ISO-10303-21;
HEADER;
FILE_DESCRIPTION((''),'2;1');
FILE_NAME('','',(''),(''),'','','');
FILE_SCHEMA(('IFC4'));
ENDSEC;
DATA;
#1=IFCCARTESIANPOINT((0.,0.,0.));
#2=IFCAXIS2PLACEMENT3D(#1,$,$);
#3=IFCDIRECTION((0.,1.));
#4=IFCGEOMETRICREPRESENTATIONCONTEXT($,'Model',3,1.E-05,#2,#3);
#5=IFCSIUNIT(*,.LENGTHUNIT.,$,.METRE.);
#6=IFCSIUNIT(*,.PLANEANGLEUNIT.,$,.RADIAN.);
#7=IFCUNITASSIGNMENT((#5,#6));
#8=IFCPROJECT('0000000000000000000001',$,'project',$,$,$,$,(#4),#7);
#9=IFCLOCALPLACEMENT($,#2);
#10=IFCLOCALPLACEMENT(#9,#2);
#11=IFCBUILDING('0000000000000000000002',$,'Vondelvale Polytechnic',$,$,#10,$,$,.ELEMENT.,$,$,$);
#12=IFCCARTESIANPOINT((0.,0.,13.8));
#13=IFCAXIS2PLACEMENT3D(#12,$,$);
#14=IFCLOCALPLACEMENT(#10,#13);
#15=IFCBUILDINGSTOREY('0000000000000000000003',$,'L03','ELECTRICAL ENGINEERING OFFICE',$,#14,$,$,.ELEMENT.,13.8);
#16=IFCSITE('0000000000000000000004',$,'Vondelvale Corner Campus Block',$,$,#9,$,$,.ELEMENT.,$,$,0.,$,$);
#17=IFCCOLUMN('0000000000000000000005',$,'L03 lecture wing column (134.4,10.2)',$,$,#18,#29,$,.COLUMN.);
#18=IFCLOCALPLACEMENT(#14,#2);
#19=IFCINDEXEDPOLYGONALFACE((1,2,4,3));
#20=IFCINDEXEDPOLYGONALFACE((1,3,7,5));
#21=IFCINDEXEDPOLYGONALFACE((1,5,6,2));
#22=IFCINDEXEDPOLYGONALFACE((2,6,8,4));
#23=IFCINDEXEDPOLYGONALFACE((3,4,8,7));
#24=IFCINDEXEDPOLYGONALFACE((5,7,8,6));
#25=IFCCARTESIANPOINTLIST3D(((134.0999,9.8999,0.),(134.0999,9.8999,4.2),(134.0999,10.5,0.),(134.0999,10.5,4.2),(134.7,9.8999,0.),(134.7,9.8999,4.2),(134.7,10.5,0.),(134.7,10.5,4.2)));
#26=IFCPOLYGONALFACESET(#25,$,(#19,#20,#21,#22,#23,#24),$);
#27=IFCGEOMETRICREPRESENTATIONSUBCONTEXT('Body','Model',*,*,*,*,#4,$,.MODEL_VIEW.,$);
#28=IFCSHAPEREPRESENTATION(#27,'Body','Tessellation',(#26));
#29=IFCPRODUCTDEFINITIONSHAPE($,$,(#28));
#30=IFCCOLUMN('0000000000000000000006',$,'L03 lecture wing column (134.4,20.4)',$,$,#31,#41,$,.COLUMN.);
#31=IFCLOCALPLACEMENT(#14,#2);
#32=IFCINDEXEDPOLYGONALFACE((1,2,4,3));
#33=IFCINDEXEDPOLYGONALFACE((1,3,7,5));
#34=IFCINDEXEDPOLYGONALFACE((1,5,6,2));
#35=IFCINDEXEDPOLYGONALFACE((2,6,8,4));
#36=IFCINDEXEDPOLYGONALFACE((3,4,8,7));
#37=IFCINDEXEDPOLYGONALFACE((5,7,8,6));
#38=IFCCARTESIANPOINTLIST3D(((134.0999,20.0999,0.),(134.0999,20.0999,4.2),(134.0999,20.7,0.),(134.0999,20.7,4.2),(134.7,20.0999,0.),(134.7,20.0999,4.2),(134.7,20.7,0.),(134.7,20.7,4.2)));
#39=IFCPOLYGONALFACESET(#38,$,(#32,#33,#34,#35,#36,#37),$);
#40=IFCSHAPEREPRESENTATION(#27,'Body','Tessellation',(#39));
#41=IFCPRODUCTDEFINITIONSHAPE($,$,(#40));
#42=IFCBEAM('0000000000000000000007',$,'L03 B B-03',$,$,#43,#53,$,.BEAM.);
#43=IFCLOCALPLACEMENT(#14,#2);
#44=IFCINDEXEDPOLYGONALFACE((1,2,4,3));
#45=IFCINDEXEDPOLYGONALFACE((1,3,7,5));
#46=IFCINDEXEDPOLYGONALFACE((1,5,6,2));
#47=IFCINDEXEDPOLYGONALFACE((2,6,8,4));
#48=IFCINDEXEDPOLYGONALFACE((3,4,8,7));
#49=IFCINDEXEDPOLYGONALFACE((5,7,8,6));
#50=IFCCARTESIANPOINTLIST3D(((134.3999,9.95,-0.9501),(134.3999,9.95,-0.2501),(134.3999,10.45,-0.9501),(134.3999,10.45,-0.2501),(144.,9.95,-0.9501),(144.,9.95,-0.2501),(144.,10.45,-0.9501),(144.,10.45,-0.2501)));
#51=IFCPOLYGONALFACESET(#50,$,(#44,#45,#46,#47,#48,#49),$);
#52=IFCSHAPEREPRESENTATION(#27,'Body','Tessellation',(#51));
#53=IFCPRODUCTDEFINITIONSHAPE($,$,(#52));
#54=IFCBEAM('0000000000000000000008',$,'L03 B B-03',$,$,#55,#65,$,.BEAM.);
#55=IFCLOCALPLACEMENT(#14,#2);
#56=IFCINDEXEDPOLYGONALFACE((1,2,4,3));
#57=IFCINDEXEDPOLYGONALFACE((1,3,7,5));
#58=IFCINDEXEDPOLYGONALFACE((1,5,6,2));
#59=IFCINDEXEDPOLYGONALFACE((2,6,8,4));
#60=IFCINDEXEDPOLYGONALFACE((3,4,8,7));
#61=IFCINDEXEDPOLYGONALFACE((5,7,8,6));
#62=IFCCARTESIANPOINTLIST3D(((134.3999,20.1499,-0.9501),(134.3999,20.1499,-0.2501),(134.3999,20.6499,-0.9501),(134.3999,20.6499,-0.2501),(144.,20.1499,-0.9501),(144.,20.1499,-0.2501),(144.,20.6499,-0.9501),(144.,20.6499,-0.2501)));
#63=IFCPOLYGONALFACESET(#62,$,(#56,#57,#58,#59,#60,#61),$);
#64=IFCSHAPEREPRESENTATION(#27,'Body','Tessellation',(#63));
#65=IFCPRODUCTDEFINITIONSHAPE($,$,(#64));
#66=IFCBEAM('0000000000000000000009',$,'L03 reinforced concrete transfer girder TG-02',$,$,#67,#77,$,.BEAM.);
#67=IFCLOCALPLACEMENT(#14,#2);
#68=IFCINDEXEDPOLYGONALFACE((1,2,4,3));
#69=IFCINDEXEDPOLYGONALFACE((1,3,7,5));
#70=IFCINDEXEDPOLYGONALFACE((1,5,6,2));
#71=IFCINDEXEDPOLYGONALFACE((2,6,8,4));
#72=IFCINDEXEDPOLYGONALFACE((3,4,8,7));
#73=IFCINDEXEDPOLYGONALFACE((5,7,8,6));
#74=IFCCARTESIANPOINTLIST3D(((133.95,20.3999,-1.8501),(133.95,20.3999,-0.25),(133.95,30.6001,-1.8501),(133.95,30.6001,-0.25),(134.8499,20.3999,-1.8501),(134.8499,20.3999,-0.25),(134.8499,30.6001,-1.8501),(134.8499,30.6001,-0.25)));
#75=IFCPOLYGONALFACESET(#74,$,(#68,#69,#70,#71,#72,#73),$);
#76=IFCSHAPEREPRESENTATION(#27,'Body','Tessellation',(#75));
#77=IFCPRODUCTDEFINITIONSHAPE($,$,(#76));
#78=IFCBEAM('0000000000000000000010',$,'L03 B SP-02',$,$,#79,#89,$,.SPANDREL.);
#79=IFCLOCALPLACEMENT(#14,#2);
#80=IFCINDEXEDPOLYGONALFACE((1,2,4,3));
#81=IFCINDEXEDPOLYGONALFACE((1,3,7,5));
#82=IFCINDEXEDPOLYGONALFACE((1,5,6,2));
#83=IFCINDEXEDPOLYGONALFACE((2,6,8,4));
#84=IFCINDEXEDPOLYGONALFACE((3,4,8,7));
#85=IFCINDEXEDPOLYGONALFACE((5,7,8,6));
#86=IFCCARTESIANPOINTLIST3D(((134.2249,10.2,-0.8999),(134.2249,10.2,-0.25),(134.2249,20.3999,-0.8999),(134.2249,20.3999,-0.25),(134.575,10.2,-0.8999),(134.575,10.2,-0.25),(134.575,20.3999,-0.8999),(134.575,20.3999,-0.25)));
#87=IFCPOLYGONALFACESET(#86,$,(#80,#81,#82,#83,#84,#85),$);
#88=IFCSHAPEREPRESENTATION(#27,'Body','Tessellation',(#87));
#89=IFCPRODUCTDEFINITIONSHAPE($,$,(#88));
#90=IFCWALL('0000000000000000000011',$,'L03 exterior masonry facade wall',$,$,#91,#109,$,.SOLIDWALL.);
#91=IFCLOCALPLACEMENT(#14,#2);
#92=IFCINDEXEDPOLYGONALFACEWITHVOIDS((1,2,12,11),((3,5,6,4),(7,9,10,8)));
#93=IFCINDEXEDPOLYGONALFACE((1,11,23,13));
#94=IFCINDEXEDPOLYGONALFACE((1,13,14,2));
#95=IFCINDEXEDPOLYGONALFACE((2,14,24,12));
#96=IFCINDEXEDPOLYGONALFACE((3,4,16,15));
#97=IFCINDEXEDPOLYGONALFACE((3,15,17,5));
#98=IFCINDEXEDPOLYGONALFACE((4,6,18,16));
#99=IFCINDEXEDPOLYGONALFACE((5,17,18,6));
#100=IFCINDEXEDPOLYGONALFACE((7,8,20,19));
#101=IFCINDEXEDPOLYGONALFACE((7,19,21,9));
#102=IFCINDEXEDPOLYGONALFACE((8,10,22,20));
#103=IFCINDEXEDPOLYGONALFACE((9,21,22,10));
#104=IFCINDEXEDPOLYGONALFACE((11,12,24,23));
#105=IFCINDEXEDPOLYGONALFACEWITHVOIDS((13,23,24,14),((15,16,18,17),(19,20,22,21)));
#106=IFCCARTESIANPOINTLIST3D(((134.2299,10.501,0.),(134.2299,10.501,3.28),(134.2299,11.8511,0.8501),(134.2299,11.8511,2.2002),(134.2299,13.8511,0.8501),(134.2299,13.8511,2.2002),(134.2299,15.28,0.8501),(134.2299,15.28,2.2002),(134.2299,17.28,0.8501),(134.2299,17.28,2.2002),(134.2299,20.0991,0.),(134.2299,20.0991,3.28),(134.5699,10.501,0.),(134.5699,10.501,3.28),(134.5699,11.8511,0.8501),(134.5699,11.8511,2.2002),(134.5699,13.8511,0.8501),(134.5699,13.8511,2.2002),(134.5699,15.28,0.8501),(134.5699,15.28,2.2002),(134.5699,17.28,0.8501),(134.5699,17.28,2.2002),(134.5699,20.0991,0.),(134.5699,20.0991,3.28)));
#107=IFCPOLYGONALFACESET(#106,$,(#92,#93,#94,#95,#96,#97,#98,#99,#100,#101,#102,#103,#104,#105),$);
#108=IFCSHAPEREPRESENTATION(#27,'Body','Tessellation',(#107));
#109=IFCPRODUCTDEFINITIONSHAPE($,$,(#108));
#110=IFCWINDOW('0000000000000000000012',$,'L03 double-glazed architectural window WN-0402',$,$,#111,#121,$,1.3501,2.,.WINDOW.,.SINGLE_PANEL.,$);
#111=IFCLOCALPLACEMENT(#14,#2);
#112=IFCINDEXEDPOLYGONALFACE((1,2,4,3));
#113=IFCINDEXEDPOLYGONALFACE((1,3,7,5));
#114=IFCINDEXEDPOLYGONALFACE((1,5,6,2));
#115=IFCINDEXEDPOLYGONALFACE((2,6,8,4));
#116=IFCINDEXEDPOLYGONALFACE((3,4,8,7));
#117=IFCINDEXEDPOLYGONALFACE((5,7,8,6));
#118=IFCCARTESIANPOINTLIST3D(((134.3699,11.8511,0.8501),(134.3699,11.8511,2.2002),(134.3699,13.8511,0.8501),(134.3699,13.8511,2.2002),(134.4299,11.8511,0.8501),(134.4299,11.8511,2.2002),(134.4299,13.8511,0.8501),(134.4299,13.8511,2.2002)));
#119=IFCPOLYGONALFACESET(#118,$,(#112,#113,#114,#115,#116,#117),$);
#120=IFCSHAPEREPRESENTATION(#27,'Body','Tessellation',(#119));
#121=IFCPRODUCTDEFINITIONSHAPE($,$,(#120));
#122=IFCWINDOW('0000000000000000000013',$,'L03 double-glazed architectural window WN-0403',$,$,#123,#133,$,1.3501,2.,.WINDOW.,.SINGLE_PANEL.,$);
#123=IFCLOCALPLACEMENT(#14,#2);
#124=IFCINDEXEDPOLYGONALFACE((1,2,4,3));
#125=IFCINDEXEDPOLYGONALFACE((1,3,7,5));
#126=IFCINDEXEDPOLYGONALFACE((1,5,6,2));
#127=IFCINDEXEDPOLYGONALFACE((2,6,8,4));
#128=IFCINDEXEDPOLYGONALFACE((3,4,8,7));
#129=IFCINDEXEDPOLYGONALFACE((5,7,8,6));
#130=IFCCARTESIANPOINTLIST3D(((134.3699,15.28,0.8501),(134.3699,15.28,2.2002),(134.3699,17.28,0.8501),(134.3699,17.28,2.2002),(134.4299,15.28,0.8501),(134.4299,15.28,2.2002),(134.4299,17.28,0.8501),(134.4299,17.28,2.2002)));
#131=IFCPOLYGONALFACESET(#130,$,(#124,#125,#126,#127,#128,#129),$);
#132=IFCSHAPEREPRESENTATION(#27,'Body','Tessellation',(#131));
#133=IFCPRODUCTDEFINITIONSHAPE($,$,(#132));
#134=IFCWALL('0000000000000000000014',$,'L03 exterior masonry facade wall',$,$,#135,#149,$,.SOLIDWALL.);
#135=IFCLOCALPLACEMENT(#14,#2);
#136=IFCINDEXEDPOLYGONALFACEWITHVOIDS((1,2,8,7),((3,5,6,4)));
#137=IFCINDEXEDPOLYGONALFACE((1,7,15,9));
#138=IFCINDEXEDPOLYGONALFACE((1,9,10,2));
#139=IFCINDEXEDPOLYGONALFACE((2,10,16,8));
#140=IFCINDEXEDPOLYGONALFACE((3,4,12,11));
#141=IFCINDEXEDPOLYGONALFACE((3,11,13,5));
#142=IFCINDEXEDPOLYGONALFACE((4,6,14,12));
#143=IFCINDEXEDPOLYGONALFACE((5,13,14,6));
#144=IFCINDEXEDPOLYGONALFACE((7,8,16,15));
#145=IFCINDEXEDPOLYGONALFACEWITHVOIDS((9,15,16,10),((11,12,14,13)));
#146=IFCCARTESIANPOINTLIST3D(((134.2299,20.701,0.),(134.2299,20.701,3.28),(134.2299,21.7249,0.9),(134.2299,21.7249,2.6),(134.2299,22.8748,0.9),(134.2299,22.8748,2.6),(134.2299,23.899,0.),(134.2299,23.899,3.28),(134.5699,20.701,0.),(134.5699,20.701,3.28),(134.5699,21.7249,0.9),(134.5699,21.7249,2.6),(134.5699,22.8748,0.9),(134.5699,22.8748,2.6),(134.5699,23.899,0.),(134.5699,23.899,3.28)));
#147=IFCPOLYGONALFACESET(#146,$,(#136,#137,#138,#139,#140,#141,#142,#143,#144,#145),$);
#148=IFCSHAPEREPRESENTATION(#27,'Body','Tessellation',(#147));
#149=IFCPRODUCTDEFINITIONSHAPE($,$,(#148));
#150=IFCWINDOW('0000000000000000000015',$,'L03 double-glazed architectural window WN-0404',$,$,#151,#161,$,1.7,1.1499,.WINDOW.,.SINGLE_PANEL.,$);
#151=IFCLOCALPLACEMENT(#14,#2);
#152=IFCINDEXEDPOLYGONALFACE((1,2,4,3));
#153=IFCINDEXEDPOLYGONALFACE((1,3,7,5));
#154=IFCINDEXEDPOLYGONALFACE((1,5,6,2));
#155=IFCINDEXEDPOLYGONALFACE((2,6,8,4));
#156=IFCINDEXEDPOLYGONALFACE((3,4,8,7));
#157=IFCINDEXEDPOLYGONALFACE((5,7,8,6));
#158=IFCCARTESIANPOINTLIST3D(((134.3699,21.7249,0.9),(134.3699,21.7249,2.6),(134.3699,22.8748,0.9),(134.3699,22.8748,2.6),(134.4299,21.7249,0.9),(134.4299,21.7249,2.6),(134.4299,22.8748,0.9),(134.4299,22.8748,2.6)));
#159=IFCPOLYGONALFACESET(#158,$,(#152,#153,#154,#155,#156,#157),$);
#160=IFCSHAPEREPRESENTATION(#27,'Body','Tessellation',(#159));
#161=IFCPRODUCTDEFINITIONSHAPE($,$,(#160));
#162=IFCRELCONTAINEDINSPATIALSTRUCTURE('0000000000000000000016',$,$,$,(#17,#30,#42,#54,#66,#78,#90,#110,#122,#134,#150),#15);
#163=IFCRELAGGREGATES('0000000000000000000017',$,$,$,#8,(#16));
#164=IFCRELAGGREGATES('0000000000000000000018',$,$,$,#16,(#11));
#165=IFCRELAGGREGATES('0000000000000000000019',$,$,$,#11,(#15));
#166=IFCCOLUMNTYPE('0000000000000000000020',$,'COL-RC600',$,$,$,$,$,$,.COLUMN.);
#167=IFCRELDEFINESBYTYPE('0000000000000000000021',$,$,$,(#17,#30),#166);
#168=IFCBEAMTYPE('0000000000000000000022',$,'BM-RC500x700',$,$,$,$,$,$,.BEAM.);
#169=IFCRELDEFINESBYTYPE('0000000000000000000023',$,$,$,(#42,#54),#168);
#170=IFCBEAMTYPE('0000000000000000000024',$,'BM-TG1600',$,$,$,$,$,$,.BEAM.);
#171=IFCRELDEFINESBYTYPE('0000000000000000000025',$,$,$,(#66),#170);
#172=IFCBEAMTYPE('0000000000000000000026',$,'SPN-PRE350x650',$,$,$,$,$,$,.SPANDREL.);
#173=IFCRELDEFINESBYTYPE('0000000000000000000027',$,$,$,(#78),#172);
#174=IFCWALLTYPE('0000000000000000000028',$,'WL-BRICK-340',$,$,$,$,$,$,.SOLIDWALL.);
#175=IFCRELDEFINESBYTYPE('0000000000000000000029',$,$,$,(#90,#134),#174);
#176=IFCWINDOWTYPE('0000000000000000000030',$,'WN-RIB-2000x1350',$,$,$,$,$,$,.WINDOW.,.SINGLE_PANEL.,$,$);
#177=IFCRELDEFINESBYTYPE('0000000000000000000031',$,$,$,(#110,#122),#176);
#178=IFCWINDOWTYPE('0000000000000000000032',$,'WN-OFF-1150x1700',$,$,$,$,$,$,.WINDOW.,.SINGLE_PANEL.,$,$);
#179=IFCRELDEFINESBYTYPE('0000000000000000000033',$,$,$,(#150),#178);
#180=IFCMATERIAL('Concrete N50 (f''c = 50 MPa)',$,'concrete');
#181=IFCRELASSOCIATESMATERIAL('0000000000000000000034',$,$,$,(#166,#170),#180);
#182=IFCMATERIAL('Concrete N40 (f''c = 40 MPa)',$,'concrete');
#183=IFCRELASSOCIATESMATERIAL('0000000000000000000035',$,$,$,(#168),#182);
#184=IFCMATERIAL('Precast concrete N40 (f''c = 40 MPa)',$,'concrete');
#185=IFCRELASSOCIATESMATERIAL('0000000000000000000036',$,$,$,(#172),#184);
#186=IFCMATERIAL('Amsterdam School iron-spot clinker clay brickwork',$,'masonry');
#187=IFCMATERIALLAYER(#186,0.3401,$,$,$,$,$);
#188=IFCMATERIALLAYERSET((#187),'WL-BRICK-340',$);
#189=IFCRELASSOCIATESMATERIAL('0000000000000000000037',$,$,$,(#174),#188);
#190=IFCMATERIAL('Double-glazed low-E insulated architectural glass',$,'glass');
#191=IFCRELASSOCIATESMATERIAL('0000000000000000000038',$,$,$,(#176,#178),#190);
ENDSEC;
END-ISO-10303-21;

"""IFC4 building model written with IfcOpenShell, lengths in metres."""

from ifc_helpers import new_model, si_unit, direction, frame, frame_2d, origin, origin_2d, place, context, subcontext, project, spatial, rectangle, extrude, material, layer, layer_set, material_profile, profile_set, type_object, element, fill, save


model = new_model("IFC4")

# Units and contexts
model_context = context("Model", 3, precision=1e-05, world=origin(), true_north=direction((0.0, 1.0)))
body_context = subcontext(model_context, "Body", "Model", "MODEL_VIEW")
ifc_project = project(units=[si_unit("LENGTHUNIT", "METRE"), si_unit("PLANEANGLEUNIT", "RADIAN")], contexts=[model_context])

# Site, building, storey
site_placement = place(None, origin())
site = spatial("IfcSite", under=ifc_project, at=site_placement, Name="Vondelvale Corner Campus Block", CompositionType="ELEMENT", RefElevation=0.0)
building_placement = place(site_placement, origin())
building = spatial("IfcBuilding", under=site, at=building_placement, Name="Vondelvale Polytechnic", CompositionType="ELEMENT")
storey_placement = place(building_placement, frame((0.0, 0.0, 13.8)))
storey = spatial("IfcBuildingStorey", under=building, at=storey_placement, Name="L03", Description="ELECTRICAL ENGINEERING OFFICE", CompositionType="ELEMENT", Elevation=13.8)

# Columns
ifc_material_1 = material(Name="Concrete N50 (f'c = 50 MPa)", Category="concrete")
ifc_material_profile_1 = material_profile(ifc_material_1, rectangle(XDim=0.6001, YDim=0.6001, at=origin_2d()), Name="RC-COL-600x600")
ifc_profile_set_1 = profile_set([ifc_material_profile_1], Name="Concrete N50 (f'c = 50 MPa)")
column_type = type_object("IfcColumnType", Name="COL-RC600", PredefinedType="COLUMN", material=ifc_profile_set_1)
for number, where, z_axis, x_axis, name in (
    (1, (134.3999, 10.2, 0.0), (0.0, 0.0, 1.0), (1.0, 0.0, 0.0), "L03 lecture wing column (134.4,10.2)"),
    (2, (134.3999, 20.3999, 0.0), (0.0, 0.0, 1.0), (1.0, 0.0, 0.0), "L03 lecture wing column (134.4,20.4)"),
):
    element("IfcColumn", number, at=place(storey_placement, frame(where, z_axis=z_axis, x_axis=x_axis)), inside=storey, type_object=column_type, Name=name, PredefinedType="COLUMN", context=body_context, shape_type="SweptSolid", body=[
        extrude(rectangle(XDim=0.6001, YDim=0.6001, at=origin_2d()), origin(), (0.0, 0.0, 1.0), 4.2),
    ])

# Beams
ifc_material_2 = material(Name="Concrete N40 (f'c = 40 MPa)", Category="concrete")
ifc_material_profile_2 = material_profile(ifc_material_2, rectangle(XDim=0.5, YDim=0.7, at=origin_2d()), Name="RC-BM-500x700")
ifc_profile_set_2 = profile_set([ifc_material_profile_2], Name="Concrete N40 (f'c = 40 MPa)")
beam_type_1 = type_object("IfcBeamType", Name="BM-RC500x700", PredefinedType="BEAM", material=ifc_profile_set_2)
for number, where, z_axis, x_axis, name in (
    (3, (134.3999, 10.2, -0.6001), (1.0, 0.0, 0.0), (0.0, 1.0, 0.0), "L03 B B-03"),
    (4, (134.3999, 20.3999, -0.6001), (1.0, 0.0, 0.0), (0.0, 1.0, 0.0), "L03 B B-03"),
):
    element("IfcBeam", number, at=place(storey_placement, frame(where, z_axis=z_axis, x_axis=x_axis)), inside=storey, type_object=beam_type_1, Name=name, PredefinedType="BEAM", context=body_context, shape_type="SweptSolid", body=[
        extrude(rectangle(XDim=0.5, YDim=0.7, at=origin_2d()), origin(), (0.0, 0.0, 1.0), 9.6001),
    ])
ifc_material_profile_3 = material_profile(ifc_material_1, rectangle(XDim=0.8999, YDim=1.6001, at=origin_2d()), Name="RC-TG-900x1600")
ifc_profile_set_3 = profile_set([ifc_material_profile_3], Name="Concrete N50 (f'c = 50 MPa)")
beam_type_2 = type_object("IfcBeamType", Name="BM-TG1600", PredefinedType="BEAM", material=ifc_profile_set_3)
beam_1_placement = place(storey_placement, frame((134.3999, 20.3999, -1.05), z_axis=(0.0, 1.0, 0.0), x_axis=(-1.0, 0.0, 0.0)))
element("IfcBeam", 5, at=beam_1_placement, inside=storey, type_object=beam_type_2, Name="L03 reinforced concrete transfer girder TG-02", PredefinedType="BEAM", context=body_context, shape_type="SweptSolid", body=[
    extrude(rectangle(XDim=0.8999, YDim=1.6001, at=origin_2d()), origin(), (0.0, 0.0, 1.0), 10.2002),
])
ifc_material_3 = material(Name="Precast concrete N40 (f'c = 40 MPa)", Category="concrete")
ifc_material_profile_4 = material_profile(ifc_material_3, rectangle(XDim=0.3501, YDim=0.6499, at=origin_2d()), Name="RC-SPN-350x650")
ifc_profile_set_4 = profile_set([ifc_material_profile_4], Name="Precast concrete N40 (f'c = 40 MPa)")
beam_type_3 = type_object("IfcBeamType", Name="SPN-PRE350x650", PredefinedType="SPANDREL", material=ifc_profile_set_4)
beam_2_placement = place(storey_placement, frame((134.3999, 10.2, -0.575), z_axis=(0.0, 1.0, 0.0), x_axis=(-1.0, 0.0, 0.0)))
element("IfcBeam", 6, at=beam_2_placement, inside=storey, type_object=beam_type_3, Name="L03 B SP-02", PredefinedType="SPANDREL", context=body_context, shape_type="SweptSolid", body=[
    extrude(rectangle(XDim=0.3501, YDim=0.6499, at=origin_2d()), origin(), (0.0, 0.0, 1.0), 10.2),
])

# Wall, openings, windows
ifc_material_4 = material(Name="Amsterdam School iron-spot clinker clay brickwork", Category="masonry")
ifc_layer_1 = layer(ifc_material_4, 0.3401)
ifc_layer_set_1 = layer_set([ifc_layer_1], Name="WL-BRICK-340")
wall_type_1 = type_object("IfcWallType", Name="WL-BRICK-340", PredefinedType="SOLIDWALL", material=ifc_layer_set_1)
wall_1_placement = place(storey_placement, frame((134.3999, 10.501, 0.0), z_axis=(0.0, 0.0, 1.0), x_axis=(0.0, 1.0, 0.0)))
wall_1 = element("IfcWall", 7, at=wall_1_placement, inside=storey, type_object=wall_type_1, Name="L03 exterior masonry facade wall", PredefinedType="SOLIDWALL", context=body_context, shape_type="SweptSolid", body=[
    extrude(rectangle(XDim=9.5981, YDim=0.3401, at=frame_2d((4.7991, 0.0))), origin(), (0.0, 0.0, 1.0), 3.28),
])
opening_1_placement = place(wall_1_placement, frame((1.3501, 0.0, 0.8501)))
opening_1 = element("IfcOpeningElement", 8, at=opening_1_placement, cuts=wall_1, PredefinedType="OPENING", context=body_context, shape_type="SweptSolid", body=[
    extrude(rectangle(XDim=2.0, YDim=1.3501, at=frame_2d((1.0, 0.675))), frame((0.0, 0.1799, 0.0), z_axis=(0.0, -1.0, 0.0), x_axis=(1.0, 0.0, 0.0)), (0.0, 0.0, 1.0), 0.3601),
])
opening_2_placement = place(wall_1_placement, frame((4.7791, 0.0, 0.8501)))
opening_2 = element("IfcOpeningElement", 9, at=opening_2_placement, cuts=wall_1, PredefinedType="OPENING", context=body_context, shape_type="SweptSolid", body=[
    extrude(rectangle(XDim=2.0, YDim=1.3501, at=frame_2d((1.0, 0.675))), frame((0.0, 0.1799, 0.0), z_axis=(0.0, -1.0, 0.0), x_axis=(1.0, 0.0, 0.0)), (0.0, 0.0, 1.0), 0.3601),
])
ifc_material_5 = material(Name="Double-glazed low-E insulated architectural glass", Category="glass")
window_type_1 = type_object("IfcWindowType", Name="WN-RIB-2000x1350", PartitioningType="SINGLE_PANEL", PredefinedType="WINDOW", material=ifc_material_5)
window_1_placement = place(opening_1_placement, origin())
window_1 = element("IfcWindow", 10, at=window_1_placement, inside=storey, type_object=window_type_1, Name="L03 double-glazed architectural window WN-0402", OverallHeight=1.3501, OverallWidth=2.0, PartitioningType="SINGLE_PANEL", PredefinedType="WINDOW", context=body_context, shape_type="SweptSolid", body=[
    extrude(rectangle(XDim=2.0, YDim=1.3501, at=frame_2d((1.0, 0.675))), frame((0.0, 0.03, 0.0), z_axis=(0.0, -1.0, 0.0), x_axis=(1.0, 0.0, 0.0)), (0.0, 0.0, 1.0), 0.0601),
])
fill(opening_1, window_1)
window_2_placement = place(opening_2_placement, origin())
window_2 = element("IfcWindow", 11, at=window_2_placement, inside=storey, type_object=window_type_1, Name="L03 double-glazed architectural window WN-0403", OverallHeight=1.3501, OverallWidth=2.0, PartitioningType="SINGLE_PANEL", PredefinedType="WINDOW", context=body_context, shape_type="SweptSolid", body=[
    extrude(rectangle(XDim=2.0, YDim=1.3501, at=frame_2d((1.0, 0.675))), frame((0.0, 0.03, 0.0), z_axis=(0.0, -1.0, 0.0), x_axis=(1.0, 0.0, 0.0)), (0.0, 0.0, 1.0), 0.0601),
])
fill(opening_2, window_2)

# Wall, opening, window
wall_2_placement = place(storey_placement, frame((134.3999, 20.7009, 0.0), z_axis=(0.0, 0.0, 1.0), x_axis=(0.0, 1.0, 0.0)))
wall_2 = element("IfcWall", 12, at=wall_2_placement, inside=storey, type_object=wall_type_1, Name="L03 exterior masonry facade wall", PredefinedType="SOLIDWALL", context=body_context, shape_type="SweptSolid", body=[
    extrude(rectangle(XDim=3.198, YDim=0.3401, at=frame_2d((1.5991, 0.0))), origin(), (0.0, 0.0, 1.0), 3.28),
])
opening_3_placement = place(wall_2_placement, frame((1.0239, 0.0, 0.8999)))
opening_3 = element("IfcOpeningElement", 13, at=opening_3_placement, cuts=wall_2, PredefinedType="OPENING", context=body_context, shape_type="SweptSolid", body=[
    extrude(rectangle(XDim=1.1499, YDim=1.7, at=frame_2d((0.575, 0.8501))), frame((0.0, 0.1799, 0.0), z_axis=(0.0, -1.0, 0.0), x_axis=(1.0, 0.0, 0.0)), (0.0, 0.0, 1.0), 0.3601),
])
window_type_2 = type_object("IfcWindowType", Name="WN-OFF-1150x1700", PartitioningType="SINGLE_PANEL", PredefinedType="WINDOW", material=ifc_material_5)
window_3_placement = place(opening_3_placement, origin())
window_3 = element("IfcWindow", 14, at=window_3_placement, inside=storey, type_object=window_type_2, Name="L03 double-glazed architectural window WN-0404", OverallHeight=1.7, OverallWidth=1.1499, PartitioningType="SINGLE_PANEL", PredefinedType="WINDOW", context=body_context, shape_type="SweptSolid", body=[
    extrude(rectangle(XDim=1.1499, YDim=1.7, at=frame_2d((0.575, 0.8501))), frame((0.0, 0.03, 0.0), z_axis=(0.0, -1.0, 0.0), x_axis=(1.0, 0.0, 0.0)), (0.0, 0.0, 1.0), 0.0601),
])
fill(opening_3, window_3)

save(model, "model.ifc")
